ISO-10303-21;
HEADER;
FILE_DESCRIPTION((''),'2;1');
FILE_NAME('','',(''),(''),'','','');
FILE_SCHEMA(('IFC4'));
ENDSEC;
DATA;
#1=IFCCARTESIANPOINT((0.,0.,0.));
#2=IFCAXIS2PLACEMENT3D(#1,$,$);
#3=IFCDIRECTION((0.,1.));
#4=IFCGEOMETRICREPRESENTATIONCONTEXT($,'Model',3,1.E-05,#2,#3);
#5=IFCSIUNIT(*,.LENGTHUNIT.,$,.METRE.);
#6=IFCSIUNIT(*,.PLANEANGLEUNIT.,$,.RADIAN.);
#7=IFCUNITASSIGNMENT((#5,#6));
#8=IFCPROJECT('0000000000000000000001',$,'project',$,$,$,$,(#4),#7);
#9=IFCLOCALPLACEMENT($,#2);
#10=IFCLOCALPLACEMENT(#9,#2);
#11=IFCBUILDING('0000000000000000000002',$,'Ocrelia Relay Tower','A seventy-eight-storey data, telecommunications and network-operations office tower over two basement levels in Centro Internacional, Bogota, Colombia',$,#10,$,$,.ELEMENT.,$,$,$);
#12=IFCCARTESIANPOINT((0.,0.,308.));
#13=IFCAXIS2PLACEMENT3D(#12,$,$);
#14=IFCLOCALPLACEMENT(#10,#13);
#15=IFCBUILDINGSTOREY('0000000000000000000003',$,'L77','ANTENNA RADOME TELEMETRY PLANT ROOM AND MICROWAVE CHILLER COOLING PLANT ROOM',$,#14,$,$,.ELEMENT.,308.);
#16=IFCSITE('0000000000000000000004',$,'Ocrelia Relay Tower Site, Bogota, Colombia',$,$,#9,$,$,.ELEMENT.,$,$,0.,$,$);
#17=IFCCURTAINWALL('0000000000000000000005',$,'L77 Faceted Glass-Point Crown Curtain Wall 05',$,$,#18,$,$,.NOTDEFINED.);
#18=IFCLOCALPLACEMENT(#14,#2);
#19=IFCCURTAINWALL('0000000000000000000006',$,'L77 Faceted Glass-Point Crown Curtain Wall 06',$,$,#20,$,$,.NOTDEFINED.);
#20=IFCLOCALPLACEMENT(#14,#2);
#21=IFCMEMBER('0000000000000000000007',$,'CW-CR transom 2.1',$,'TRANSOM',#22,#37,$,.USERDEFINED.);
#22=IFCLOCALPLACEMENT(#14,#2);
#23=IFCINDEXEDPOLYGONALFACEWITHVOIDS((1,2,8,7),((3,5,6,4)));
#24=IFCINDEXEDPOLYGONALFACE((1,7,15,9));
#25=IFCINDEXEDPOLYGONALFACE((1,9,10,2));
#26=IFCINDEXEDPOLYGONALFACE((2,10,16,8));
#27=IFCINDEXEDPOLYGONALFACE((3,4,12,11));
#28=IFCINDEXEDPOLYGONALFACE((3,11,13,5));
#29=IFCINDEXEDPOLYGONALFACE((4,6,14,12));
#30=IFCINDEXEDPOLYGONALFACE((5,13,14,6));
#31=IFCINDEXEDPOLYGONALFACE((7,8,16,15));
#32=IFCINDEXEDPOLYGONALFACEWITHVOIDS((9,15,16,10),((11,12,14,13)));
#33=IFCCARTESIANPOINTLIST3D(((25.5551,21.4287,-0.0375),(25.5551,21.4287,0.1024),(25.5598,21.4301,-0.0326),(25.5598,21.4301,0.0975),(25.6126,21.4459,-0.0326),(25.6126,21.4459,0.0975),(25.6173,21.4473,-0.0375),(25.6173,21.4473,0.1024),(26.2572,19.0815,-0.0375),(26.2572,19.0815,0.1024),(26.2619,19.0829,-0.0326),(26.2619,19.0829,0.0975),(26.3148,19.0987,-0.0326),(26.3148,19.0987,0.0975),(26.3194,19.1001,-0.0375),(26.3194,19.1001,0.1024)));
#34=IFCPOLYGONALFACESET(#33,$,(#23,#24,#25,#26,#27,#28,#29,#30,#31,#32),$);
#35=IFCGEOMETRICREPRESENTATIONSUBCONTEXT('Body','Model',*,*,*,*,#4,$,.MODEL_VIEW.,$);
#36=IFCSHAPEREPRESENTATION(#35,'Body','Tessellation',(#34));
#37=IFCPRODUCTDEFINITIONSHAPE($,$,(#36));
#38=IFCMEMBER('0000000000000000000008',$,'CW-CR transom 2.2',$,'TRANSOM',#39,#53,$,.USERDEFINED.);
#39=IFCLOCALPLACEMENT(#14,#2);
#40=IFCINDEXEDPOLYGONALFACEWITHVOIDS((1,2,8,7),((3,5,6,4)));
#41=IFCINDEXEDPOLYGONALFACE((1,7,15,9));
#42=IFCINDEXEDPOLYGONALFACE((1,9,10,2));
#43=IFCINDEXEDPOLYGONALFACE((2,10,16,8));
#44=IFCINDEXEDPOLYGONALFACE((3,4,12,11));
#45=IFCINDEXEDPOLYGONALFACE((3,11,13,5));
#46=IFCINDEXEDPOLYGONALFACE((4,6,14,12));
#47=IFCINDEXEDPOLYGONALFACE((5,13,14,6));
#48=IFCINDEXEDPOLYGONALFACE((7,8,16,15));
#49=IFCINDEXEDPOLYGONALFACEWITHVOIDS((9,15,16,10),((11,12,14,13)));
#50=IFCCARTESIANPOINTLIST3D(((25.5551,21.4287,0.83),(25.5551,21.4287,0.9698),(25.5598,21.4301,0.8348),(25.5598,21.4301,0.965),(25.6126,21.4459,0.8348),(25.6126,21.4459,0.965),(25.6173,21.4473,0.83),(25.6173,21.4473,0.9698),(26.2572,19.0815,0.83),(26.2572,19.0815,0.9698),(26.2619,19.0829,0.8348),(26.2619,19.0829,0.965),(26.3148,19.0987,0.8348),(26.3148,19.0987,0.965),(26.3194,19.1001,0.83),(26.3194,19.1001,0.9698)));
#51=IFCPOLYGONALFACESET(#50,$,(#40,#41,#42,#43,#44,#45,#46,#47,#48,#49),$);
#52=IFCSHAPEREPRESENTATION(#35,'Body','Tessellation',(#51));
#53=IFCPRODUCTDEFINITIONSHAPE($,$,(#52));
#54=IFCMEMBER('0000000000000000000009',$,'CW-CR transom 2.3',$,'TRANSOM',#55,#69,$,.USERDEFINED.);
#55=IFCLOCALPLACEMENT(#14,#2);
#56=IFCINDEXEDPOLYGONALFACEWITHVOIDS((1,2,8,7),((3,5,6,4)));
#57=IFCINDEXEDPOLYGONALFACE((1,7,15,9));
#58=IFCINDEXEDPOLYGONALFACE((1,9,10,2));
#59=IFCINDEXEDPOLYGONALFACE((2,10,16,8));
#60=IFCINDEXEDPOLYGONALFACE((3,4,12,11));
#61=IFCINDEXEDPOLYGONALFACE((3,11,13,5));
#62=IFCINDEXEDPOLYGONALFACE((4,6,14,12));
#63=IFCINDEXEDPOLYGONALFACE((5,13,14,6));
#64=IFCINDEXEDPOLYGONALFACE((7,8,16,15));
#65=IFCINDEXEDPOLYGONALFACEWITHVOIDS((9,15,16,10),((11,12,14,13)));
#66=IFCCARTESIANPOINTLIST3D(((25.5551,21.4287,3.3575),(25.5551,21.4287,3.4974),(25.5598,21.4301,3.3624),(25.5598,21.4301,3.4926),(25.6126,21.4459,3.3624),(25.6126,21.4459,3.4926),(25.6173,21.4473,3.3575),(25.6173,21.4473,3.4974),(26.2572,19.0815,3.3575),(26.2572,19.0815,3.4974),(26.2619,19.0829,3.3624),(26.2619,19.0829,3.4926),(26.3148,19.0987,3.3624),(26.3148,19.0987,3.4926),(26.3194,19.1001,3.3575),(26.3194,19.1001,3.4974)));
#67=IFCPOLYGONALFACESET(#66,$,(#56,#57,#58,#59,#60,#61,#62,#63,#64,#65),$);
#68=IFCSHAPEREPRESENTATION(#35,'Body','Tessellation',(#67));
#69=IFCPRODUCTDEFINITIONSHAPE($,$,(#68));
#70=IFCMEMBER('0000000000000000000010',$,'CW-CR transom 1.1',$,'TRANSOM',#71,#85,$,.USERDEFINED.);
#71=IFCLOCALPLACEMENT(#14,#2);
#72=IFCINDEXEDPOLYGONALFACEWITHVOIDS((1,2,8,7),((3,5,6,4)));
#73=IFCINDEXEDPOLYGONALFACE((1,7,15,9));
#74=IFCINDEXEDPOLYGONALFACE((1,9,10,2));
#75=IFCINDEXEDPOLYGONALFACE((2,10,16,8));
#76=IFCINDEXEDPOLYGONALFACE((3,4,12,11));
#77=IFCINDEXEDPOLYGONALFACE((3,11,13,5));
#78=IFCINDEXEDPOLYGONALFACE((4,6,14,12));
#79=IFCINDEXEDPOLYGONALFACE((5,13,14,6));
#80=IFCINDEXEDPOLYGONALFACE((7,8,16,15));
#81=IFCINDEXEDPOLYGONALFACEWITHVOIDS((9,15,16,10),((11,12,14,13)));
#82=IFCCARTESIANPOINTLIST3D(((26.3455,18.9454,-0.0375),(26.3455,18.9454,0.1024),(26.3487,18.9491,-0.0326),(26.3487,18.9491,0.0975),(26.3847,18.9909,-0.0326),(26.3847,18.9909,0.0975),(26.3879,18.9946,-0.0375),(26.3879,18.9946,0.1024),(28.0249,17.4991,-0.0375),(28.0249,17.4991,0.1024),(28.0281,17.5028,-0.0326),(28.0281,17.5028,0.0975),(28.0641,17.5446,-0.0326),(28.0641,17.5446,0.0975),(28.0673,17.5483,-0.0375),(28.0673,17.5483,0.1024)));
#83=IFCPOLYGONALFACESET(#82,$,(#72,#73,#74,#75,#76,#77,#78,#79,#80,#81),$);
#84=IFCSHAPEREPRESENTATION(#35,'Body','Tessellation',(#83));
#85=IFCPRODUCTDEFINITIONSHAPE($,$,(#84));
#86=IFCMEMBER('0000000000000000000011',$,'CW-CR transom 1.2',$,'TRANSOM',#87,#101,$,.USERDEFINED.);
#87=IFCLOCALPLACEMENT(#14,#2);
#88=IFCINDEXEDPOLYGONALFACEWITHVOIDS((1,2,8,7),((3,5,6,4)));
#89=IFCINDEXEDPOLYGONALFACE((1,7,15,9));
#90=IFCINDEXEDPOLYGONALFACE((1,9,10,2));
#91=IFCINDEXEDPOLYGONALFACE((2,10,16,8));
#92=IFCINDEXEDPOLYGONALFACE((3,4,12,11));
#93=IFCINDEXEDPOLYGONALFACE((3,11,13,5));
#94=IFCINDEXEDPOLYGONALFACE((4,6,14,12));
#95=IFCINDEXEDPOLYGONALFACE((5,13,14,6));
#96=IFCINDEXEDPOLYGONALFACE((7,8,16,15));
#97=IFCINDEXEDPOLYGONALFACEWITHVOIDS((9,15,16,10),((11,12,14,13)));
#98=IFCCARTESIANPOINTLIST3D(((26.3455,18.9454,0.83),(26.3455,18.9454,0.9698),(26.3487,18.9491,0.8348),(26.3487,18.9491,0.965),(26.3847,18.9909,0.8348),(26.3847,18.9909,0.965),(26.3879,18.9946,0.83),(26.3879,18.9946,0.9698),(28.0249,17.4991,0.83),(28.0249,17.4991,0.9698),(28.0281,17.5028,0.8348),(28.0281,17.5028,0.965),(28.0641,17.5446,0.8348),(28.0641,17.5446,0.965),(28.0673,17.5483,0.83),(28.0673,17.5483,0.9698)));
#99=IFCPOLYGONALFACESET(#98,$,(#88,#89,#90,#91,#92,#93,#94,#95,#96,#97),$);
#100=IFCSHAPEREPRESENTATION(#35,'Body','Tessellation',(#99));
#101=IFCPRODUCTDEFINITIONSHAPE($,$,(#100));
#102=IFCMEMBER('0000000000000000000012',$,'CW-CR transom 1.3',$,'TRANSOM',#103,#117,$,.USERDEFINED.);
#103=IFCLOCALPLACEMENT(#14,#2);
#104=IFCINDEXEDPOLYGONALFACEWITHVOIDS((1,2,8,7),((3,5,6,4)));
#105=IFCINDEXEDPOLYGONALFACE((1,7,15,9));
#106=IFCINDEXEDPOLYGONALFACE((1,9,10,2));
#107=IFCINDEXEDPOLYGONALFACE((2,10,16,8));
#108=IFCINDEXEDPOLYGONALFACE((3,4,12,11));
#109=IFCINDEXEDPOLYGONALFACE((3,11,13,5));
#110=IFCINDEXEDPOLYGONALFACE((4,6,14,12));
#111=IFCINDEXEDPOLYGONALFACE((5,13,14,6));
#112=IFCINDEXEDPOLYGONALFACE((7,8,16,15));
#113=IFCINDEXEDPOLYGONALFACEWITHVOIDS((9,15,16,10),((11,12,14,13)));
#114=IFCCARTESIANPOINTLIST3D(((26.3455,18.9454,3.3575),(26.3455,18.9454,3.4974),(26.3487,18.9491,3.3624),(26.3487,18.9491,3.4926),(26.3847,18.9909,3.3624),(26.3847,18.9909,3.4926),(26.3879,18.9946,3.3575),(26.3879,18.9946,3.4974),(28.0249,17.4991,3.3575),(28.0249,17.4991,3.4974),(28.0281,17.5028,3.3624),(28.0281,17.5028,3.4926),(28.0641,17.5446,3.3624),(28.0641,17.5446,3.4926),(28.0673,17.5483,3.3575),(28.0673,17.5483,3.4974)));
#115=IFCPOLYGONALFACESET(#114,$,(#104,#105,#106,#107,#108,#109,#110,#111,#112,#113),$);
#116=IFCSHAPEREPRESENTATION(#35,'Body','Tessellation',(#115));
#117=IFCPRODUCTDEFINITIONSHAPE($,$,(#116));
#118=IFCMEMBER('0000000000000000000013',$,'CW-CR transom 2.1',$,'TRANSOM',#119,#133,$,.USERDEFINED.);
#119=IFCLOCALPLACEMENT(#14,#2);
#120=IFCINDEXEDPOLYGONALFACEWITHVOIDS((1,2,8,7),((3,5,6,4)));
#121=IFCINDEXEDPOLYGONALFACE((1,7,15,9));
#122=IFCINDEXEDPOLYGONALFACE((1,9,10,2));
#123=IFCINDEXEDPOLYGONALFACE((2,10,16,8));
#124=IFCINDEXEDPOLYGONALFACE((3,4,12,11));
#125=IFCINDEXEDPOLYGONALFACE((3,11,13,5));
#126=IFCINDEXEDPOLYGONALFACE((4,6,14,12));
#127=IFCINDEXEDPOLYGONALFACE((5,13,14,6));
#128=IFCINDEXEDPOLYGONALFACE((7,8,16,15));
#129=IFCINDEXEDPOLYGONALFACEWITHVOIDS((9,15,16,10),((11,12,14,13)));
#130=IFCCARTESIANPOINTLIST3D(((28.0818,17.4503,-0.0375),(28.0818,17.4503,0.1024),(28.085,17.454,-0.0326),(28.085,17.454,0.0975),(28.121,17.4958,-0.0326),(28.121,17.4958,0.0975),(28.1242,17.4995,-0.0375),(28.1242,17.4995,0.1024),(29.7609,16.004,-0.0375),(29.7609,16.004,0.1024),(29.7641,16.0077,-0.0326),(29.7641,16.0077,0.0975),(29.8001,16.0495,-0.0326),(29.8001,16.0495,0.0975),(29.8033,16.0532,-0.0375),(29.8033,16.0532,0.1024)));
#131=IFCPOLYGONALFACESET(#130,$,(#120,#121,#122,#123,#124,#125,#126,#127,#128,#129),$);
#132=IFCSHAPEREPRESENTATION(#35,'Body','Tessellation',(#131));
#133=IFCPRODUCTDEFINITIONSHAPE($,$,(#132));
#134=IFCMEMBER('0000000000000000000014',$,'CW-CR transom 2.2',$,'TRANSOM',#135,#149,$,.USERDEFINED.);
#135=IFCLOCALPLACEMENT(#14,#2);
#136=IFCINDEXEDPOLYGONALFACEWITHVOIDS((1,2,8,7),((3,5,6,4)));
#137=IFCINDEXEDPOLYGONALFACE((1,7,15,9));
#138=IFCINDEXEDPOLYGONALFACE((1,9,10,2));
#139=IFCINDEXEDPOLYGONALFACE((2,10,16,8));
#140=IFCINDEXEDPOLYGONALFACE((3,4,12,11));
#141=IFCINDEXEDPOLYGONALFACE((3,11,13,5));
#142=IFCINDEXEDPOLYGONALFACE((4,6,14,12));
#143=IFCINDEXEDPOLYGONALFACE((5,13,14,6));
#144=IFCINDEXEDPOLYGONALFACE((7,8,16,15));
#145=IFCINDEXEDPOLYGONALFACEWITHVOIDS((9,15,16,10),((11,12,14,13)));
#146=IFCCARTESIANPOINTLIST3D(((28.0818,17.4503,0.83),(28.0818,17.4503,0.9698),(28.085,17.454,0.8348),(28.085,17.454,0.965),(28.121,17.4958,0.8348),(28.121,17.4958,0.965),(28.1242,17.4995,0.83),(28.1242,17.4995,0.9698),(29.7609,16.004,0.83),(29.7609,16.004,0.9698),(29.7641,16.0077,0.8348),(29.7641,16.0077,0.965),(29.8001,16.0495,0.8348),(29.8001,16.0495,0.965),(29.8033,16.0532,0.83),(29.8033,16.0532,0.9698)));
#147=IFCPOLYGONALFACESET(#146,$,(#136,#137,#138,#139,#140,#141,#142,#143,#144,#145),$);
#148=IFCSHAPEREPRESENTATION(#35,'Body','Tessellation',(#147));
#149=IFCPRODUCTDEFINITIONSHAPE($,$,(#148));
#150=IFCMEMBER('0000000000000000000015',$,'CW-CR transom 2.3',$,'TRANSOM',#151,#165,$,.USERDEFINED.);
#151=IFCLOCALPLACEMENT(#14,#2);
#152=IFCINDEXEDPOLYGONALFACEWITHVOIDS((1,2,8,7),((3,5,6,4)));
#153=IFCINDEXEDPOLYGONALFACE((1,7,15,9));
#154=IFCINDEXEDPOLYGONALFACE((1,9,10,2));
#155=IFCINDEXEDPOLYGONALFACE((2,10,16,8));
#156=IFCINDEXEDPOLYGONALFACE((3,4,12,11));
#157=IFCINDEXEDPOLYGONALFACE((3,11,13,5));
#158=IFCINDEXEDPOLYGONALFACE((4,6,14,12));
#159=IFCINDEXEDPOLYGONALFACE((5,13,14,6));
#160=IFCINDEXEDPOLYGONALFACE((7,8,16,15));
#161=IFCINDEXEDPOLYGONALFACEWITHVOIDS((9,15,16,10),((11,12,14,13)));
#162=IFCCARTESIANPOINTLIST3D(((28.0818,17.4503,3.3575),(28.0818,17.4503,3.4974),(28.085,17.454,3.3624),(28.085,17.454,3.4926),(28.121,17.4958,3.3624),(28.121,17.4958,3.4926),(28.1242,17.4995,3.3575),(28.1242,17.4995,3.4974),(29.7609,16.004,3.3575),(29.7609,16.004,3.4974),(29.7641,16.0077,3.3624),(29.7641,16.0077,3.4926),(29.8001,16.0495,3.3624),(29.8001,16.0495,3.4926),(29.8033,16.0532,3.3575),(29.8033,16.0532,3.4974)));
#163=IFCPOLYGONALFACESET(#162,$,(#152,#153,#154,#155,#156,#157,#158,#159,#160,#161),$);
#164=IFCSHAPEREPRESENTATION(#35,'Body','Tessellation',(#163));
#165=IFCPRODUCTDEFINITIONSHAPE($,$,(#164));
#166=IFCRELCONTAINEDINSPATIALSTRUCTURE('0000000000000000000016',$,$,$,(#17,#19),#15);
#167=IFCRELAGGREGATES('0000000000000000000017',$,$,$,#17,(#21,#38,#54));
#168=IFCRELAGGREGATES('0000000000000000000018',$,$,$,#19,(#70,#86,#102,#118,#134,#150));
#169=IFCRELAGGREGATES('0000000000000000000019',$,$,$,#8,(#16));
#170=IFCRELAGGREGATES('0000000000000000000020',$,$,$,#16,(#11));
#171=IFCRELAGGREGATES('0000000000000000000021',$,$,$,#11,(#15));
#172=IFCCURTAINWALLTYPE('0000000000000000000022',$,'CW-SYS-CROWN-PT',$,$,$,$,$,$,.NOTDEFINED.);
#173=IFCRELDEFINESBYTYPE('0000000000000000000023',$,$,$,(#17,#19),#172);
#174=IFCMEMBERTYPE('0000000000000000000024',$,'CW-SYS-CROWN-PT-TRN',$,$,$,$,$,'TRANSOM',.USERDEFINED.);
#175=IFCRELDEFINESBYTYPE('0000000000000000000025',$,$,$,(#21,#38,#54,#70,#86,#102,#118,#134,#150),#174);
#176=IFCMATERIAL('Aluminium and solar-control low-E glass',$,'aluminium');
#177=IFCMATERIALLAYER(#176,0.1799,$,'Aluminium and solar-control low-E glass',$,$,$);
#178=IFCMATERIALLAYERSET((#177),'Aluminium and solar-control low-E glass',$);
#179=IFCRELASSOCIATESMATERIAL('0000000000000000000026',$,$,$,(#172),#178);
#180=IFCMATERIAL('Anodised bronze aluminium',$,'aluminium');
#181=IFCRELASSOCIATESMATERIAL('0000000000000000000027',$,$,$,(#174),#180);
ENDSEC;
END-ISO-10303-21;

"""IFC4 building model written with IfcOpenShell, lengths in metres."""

from ifc_helpers import new_model, si_unit, direction, frame, origin, origin_2d, place, context, subcontext, project, spatial, hollow_rectangle, extrude, material, layer, layer_set, material_profile, profile_set, type_object, element, aggregate, save


model = new_model("IFC4")

# Units and contexts
model_context = context("Model", 3, precision=1e-05, world=origin(), true_north=direction((0.0, 1.0)))
body_context = subcontext(model_context, "Body", "Model", "MODEL_VIEW")
ifc_project = project(units=[si_unit("LENGTHUNIT", "METRE"), si_unit("PLANEANGLEUNIT", "RADIAN")], contexts=[model_context])

# Site, building, storey
site_placement = place(None, origin())
site = spatial("IfcSite", under=ifc_project, at=site_placement, Name="Ocrelia Relay Tower Site, Bogota, Colombia", CompositionType="ELEMENT", RefElevation=0.0)
building_placement = place(site_placement, origin())
building = spatial("IfcBuilding", under=site, at=building_placement, Name="Ocrelia Relay Tower", Description="A seventy-eight-storey data, telecommunications and network-operations office tower over two basement levels in Centro Internacional, Bogota, Colombia", CompositionType="ELEMENT")
storey_placement = place(building_placement, frame((0.0, 0.0, 308.0)))
storey = spatial("IfcBuildingStorey", under=building, at=storey_placement, Name="L77", Description="ANTENNA RADOME TELEMETRY PLANT ROOM AND MICROWAVE CHILLER COOLING PLANT ROOM", CompositionType="ELEMENT", Elevation=308.0)

# Curtain walls
ifc_material_1 = material(Name="Aluminium and solar-control low-E glass", Category="aluminium")
ifc_layer_1 = layer(ifc_material_1, 0.1799, Name="Aluminium and solar-control low-E glass")
ifc_layer_set_1 = layer_set([ifc_layer_1], Name="Aluminium and solar-control low-E glass")
curtain_wall_type = type_object("IfcCurtainWallType", Name="CW-SYS-CROWN-PT", PredefinedType="NOTDEFINED", material=ifc_layer_set_1)
curtain_wall_1_placement = place(storey_placement, origin())
curtain_wall_1 = element("IfcCurtainWall", 1, at=curtain_wall_1_placement, inside=storey, type_object=curtain_wall_type, Name="L77 Faceted Glass-Point Crown Curtain Wall 05", PredefinedType="NOTDEFINED")
ifc_material_2 = material(Name="Anodised bronze aluminium", Category="aluminium")
curtain_wall_2_placement = place(storey_placement, origin())
curtain_wall_2 = element("IfcCurtainWall", 2, at=curtain_wall_2_placement, inside=storey, type_object=curtain_wall_type, Name="L77 Faceted Glass-Point Crown Curtain Wall 06", PredefinedType="NOTDEFINED")

# Members
ifc_material_profile_1 = material_profile(ifc_material_2, hollow_rectangle(XDim=0.0649, YDim=0.1399, WallThickness=0.0049, at=origin_2d()), Name="CW-TRN-140x65")
ifc_profile_set_1 = profile_set([ifc_material_profile_1], Name="Anodised bronze aluminium")
member_type_1 = type_object("IfcMemberType", Name="CW-SYS-CROWN-PT-TRN", ElementType="TRANSOM", PredefinedType="USERDEFINED", material=ifc_profile_set_1)
member_1_placement = place(storey_placement, frame((25.5862, 21.438, 0.0325), z_axis=(0.286598, -0.958051, 0.0), x_axis=(0.958051, 0.286598, 0.0)))
member_1 = element("IfcMember", 3, at=member_1_placement, type_object=member_type_1, Name="CW-CR transom 2.1", ObjectType="TRANSOM", PredefinedType="USERDEFINED", context=body_context, shape_type="SweptSolid", body=[
    extrude(hollow_rectangle(XDim=0.0649, YDim=0.1399, WallThickness=0.0049, at=origin_2d()), origin(), (0.0, 0.0, 1.0), 2.45),
])
member_2_placement = place(storey_placement, frame((25.5862, 21.438, 0.8999), z_axis=(0.286598, -0.958051, 0.0), x_axis=(0.958051, 0.286598, 0.0)))
member_2 = element("IfcMember", 4, at=member_2_placement, type_object=member_type_1, Name="CW-CR transom 2.2", ObjectType="TRANSOM", PredefinedType="USERDEFINED", context=body_context, shape_type="SweptSolid", body=[
    extrude(hollow_rectangle(XDim=0.0649, YDim=0.1399, WallThickness=0.0049, at=origin_2d()), origin(), (0.0, 0.0, 1.0), 2.45),
])
member_3_placement = place(storey_placement, frame((25.5862, 21.438, 3.4275), z_axis=(0.286598, -0.958051, 0.0), x_axis=(0.958051, 0.286598, 0.0)))
member_3 = element("IfcMember", 5, at=member_3_placement, type_object=member_type_1, Name="CW-CR transom 2.3", ObjectType="TRANSOM", PredefinedType="USERDEFINED", context=body_context, shape_type="SweptSolid", body=[
    extrude(hollow_rectangle(XDim=0.0649, YDim=0.1399, WallThickness=0.0049, at=origin_2d()), origin(), (0.0, 0.0, 1.0), 2.45),
])
member_4_placement = place(storey_placement, frame((26.3667, 18.97, 0.0325), z_axis=(0.757746, -0.652549, 0.0), x_axis=(0.652549, 0.757746, 0.0)))
member_4 = element("IfcMember", 6, at=member_4_placement, type_object=member_type_1, Name="CW-CR transom 1.1", ObjectType="TRANSOM", PredefinedType="USERDEFINED", context=body_context, shape_type="SweptSolid", body=[
    extrude(hollow_rectangle(XDim=0.0649, YDim=0.1399, WallThickness=0.0049, at=origin_2d()), origin(), (0.0, 0.0, 1.0), 2.2163),
])
member_5_placement = place(storey_placement, frame((26.3667, 18.97, 0.8999), z_axis=(0.757746, -0.652549, 0.0), x_axis=(0.652549, 0.757746, 0.0)))
member_5 = element("IfcMember", 7, at=member_5_placement, type_object=member_type_1, Name="CW-CR transom 1.2", ObjectType="TRANSOM", PredefinedType="USERDEFINED", context=body_context, shape_type="SweptSolid", body=[
    extrude(hollow_rectangle(XDim=0.0649, YDim=0.1399, WallThickness=0.0049, at=origin_2d()), origin(), (0.0, 0.0, 1.0), 2.2163),
])
member_6_placement = place(storey_placement, frame((26.3667, 18.97, 3.4275), z_axis=(0.757746, -0.652549, 0.0), x_axis=(0.652549, 0.757746, 0.0)))
member_6 = element("IfcMember", 8, at=member_6_placement, type_object=member_type_1, Name="CW-CR transom 1.3", ObjectType="TRANSOM", PredefinedType="USERDEFINED", context=body_context, shape_type="SweptSolid", body=[
    extrude(hollow_rectangle(XDim=0.0649, YDim=0.1399, WallThickness=0.0049, at=origin_2d()), origin(), (0.0, 0.0, 1.0), 2.2163),
])
member_7_placement = place(storey_placement, frame((28.103, 17.4749, 0.0325), z_axis=(0.757699, -0.652604, 0.0), x_axis=(0.652604, 0.757699, 0.0)))
member_7 = element("IfcMember", 9, at=member_7_placement, type_object=member_type_1, Name="CW-CR transom 2.1", ObjectType="TRANSOM", PredefinedType="USERDEFINED", context=body_context, shape_type="SweptSolid", body=[
    extrude(hollow_rectangle(XDim=0.0649, YDim=0.1399, WallThickness=0.0049, at=origin_2d()), origin(), (0.0, 0.0, 1.0), 2.2161),
])
member_8_placement = place(storey_placement, frame((28.103, 17.4749, 0.8999), z_axis=(0.757699, -0.652604, 0.0), x_axis=(0.652604, 0.757699, 0.0)))
member_8 = element("IfcMember", 10, at=member_8_placement, type_object=member_type_1, Name="CW-CR transom 2.2", ObjectType="TRANSOM", PredefinedType="USERDEFINED", context=body_context, shape_type="SweptSolid", body=[
    extrude(hollow_rectangle(XDim=0.0649, YDim=0.1399, WallThickness=0.0049, at=origin_2d()), origin(), (0.0, 0.0, 1.0), 2.2161),
])
member_9_placement = place(storey_placement, frame((28.103, 17.4749, 3.4275), z_axis=(0.757699, -0.652604, 0.0), x_axis=(0.652604, 0.757699, 0.0)))
member_9 = element("IfcMember", 11, at=member_9_placement, type_object=member_type_1, Name="CW-CR transom 2.3", ObjectType="TRANSOM", PredefinedType="USERDEFINED", context=body_context, shape_type="SweptSolid", body=[
    extrude(hollow_rectangle(XDim=0.0649, YDim=0.1399, WallThickness=0.0049, at=origin_2d()), origin(), (0.0, 0.0, 1.0), 2.2161),
])

aggregate(curtain_wall_1, [member_1, member_2, member_3])
aggregate(curtain_wall_2, [member_4, member_5, member_6, member_7, member_8, member_9])

save(model, "model.ifc")
